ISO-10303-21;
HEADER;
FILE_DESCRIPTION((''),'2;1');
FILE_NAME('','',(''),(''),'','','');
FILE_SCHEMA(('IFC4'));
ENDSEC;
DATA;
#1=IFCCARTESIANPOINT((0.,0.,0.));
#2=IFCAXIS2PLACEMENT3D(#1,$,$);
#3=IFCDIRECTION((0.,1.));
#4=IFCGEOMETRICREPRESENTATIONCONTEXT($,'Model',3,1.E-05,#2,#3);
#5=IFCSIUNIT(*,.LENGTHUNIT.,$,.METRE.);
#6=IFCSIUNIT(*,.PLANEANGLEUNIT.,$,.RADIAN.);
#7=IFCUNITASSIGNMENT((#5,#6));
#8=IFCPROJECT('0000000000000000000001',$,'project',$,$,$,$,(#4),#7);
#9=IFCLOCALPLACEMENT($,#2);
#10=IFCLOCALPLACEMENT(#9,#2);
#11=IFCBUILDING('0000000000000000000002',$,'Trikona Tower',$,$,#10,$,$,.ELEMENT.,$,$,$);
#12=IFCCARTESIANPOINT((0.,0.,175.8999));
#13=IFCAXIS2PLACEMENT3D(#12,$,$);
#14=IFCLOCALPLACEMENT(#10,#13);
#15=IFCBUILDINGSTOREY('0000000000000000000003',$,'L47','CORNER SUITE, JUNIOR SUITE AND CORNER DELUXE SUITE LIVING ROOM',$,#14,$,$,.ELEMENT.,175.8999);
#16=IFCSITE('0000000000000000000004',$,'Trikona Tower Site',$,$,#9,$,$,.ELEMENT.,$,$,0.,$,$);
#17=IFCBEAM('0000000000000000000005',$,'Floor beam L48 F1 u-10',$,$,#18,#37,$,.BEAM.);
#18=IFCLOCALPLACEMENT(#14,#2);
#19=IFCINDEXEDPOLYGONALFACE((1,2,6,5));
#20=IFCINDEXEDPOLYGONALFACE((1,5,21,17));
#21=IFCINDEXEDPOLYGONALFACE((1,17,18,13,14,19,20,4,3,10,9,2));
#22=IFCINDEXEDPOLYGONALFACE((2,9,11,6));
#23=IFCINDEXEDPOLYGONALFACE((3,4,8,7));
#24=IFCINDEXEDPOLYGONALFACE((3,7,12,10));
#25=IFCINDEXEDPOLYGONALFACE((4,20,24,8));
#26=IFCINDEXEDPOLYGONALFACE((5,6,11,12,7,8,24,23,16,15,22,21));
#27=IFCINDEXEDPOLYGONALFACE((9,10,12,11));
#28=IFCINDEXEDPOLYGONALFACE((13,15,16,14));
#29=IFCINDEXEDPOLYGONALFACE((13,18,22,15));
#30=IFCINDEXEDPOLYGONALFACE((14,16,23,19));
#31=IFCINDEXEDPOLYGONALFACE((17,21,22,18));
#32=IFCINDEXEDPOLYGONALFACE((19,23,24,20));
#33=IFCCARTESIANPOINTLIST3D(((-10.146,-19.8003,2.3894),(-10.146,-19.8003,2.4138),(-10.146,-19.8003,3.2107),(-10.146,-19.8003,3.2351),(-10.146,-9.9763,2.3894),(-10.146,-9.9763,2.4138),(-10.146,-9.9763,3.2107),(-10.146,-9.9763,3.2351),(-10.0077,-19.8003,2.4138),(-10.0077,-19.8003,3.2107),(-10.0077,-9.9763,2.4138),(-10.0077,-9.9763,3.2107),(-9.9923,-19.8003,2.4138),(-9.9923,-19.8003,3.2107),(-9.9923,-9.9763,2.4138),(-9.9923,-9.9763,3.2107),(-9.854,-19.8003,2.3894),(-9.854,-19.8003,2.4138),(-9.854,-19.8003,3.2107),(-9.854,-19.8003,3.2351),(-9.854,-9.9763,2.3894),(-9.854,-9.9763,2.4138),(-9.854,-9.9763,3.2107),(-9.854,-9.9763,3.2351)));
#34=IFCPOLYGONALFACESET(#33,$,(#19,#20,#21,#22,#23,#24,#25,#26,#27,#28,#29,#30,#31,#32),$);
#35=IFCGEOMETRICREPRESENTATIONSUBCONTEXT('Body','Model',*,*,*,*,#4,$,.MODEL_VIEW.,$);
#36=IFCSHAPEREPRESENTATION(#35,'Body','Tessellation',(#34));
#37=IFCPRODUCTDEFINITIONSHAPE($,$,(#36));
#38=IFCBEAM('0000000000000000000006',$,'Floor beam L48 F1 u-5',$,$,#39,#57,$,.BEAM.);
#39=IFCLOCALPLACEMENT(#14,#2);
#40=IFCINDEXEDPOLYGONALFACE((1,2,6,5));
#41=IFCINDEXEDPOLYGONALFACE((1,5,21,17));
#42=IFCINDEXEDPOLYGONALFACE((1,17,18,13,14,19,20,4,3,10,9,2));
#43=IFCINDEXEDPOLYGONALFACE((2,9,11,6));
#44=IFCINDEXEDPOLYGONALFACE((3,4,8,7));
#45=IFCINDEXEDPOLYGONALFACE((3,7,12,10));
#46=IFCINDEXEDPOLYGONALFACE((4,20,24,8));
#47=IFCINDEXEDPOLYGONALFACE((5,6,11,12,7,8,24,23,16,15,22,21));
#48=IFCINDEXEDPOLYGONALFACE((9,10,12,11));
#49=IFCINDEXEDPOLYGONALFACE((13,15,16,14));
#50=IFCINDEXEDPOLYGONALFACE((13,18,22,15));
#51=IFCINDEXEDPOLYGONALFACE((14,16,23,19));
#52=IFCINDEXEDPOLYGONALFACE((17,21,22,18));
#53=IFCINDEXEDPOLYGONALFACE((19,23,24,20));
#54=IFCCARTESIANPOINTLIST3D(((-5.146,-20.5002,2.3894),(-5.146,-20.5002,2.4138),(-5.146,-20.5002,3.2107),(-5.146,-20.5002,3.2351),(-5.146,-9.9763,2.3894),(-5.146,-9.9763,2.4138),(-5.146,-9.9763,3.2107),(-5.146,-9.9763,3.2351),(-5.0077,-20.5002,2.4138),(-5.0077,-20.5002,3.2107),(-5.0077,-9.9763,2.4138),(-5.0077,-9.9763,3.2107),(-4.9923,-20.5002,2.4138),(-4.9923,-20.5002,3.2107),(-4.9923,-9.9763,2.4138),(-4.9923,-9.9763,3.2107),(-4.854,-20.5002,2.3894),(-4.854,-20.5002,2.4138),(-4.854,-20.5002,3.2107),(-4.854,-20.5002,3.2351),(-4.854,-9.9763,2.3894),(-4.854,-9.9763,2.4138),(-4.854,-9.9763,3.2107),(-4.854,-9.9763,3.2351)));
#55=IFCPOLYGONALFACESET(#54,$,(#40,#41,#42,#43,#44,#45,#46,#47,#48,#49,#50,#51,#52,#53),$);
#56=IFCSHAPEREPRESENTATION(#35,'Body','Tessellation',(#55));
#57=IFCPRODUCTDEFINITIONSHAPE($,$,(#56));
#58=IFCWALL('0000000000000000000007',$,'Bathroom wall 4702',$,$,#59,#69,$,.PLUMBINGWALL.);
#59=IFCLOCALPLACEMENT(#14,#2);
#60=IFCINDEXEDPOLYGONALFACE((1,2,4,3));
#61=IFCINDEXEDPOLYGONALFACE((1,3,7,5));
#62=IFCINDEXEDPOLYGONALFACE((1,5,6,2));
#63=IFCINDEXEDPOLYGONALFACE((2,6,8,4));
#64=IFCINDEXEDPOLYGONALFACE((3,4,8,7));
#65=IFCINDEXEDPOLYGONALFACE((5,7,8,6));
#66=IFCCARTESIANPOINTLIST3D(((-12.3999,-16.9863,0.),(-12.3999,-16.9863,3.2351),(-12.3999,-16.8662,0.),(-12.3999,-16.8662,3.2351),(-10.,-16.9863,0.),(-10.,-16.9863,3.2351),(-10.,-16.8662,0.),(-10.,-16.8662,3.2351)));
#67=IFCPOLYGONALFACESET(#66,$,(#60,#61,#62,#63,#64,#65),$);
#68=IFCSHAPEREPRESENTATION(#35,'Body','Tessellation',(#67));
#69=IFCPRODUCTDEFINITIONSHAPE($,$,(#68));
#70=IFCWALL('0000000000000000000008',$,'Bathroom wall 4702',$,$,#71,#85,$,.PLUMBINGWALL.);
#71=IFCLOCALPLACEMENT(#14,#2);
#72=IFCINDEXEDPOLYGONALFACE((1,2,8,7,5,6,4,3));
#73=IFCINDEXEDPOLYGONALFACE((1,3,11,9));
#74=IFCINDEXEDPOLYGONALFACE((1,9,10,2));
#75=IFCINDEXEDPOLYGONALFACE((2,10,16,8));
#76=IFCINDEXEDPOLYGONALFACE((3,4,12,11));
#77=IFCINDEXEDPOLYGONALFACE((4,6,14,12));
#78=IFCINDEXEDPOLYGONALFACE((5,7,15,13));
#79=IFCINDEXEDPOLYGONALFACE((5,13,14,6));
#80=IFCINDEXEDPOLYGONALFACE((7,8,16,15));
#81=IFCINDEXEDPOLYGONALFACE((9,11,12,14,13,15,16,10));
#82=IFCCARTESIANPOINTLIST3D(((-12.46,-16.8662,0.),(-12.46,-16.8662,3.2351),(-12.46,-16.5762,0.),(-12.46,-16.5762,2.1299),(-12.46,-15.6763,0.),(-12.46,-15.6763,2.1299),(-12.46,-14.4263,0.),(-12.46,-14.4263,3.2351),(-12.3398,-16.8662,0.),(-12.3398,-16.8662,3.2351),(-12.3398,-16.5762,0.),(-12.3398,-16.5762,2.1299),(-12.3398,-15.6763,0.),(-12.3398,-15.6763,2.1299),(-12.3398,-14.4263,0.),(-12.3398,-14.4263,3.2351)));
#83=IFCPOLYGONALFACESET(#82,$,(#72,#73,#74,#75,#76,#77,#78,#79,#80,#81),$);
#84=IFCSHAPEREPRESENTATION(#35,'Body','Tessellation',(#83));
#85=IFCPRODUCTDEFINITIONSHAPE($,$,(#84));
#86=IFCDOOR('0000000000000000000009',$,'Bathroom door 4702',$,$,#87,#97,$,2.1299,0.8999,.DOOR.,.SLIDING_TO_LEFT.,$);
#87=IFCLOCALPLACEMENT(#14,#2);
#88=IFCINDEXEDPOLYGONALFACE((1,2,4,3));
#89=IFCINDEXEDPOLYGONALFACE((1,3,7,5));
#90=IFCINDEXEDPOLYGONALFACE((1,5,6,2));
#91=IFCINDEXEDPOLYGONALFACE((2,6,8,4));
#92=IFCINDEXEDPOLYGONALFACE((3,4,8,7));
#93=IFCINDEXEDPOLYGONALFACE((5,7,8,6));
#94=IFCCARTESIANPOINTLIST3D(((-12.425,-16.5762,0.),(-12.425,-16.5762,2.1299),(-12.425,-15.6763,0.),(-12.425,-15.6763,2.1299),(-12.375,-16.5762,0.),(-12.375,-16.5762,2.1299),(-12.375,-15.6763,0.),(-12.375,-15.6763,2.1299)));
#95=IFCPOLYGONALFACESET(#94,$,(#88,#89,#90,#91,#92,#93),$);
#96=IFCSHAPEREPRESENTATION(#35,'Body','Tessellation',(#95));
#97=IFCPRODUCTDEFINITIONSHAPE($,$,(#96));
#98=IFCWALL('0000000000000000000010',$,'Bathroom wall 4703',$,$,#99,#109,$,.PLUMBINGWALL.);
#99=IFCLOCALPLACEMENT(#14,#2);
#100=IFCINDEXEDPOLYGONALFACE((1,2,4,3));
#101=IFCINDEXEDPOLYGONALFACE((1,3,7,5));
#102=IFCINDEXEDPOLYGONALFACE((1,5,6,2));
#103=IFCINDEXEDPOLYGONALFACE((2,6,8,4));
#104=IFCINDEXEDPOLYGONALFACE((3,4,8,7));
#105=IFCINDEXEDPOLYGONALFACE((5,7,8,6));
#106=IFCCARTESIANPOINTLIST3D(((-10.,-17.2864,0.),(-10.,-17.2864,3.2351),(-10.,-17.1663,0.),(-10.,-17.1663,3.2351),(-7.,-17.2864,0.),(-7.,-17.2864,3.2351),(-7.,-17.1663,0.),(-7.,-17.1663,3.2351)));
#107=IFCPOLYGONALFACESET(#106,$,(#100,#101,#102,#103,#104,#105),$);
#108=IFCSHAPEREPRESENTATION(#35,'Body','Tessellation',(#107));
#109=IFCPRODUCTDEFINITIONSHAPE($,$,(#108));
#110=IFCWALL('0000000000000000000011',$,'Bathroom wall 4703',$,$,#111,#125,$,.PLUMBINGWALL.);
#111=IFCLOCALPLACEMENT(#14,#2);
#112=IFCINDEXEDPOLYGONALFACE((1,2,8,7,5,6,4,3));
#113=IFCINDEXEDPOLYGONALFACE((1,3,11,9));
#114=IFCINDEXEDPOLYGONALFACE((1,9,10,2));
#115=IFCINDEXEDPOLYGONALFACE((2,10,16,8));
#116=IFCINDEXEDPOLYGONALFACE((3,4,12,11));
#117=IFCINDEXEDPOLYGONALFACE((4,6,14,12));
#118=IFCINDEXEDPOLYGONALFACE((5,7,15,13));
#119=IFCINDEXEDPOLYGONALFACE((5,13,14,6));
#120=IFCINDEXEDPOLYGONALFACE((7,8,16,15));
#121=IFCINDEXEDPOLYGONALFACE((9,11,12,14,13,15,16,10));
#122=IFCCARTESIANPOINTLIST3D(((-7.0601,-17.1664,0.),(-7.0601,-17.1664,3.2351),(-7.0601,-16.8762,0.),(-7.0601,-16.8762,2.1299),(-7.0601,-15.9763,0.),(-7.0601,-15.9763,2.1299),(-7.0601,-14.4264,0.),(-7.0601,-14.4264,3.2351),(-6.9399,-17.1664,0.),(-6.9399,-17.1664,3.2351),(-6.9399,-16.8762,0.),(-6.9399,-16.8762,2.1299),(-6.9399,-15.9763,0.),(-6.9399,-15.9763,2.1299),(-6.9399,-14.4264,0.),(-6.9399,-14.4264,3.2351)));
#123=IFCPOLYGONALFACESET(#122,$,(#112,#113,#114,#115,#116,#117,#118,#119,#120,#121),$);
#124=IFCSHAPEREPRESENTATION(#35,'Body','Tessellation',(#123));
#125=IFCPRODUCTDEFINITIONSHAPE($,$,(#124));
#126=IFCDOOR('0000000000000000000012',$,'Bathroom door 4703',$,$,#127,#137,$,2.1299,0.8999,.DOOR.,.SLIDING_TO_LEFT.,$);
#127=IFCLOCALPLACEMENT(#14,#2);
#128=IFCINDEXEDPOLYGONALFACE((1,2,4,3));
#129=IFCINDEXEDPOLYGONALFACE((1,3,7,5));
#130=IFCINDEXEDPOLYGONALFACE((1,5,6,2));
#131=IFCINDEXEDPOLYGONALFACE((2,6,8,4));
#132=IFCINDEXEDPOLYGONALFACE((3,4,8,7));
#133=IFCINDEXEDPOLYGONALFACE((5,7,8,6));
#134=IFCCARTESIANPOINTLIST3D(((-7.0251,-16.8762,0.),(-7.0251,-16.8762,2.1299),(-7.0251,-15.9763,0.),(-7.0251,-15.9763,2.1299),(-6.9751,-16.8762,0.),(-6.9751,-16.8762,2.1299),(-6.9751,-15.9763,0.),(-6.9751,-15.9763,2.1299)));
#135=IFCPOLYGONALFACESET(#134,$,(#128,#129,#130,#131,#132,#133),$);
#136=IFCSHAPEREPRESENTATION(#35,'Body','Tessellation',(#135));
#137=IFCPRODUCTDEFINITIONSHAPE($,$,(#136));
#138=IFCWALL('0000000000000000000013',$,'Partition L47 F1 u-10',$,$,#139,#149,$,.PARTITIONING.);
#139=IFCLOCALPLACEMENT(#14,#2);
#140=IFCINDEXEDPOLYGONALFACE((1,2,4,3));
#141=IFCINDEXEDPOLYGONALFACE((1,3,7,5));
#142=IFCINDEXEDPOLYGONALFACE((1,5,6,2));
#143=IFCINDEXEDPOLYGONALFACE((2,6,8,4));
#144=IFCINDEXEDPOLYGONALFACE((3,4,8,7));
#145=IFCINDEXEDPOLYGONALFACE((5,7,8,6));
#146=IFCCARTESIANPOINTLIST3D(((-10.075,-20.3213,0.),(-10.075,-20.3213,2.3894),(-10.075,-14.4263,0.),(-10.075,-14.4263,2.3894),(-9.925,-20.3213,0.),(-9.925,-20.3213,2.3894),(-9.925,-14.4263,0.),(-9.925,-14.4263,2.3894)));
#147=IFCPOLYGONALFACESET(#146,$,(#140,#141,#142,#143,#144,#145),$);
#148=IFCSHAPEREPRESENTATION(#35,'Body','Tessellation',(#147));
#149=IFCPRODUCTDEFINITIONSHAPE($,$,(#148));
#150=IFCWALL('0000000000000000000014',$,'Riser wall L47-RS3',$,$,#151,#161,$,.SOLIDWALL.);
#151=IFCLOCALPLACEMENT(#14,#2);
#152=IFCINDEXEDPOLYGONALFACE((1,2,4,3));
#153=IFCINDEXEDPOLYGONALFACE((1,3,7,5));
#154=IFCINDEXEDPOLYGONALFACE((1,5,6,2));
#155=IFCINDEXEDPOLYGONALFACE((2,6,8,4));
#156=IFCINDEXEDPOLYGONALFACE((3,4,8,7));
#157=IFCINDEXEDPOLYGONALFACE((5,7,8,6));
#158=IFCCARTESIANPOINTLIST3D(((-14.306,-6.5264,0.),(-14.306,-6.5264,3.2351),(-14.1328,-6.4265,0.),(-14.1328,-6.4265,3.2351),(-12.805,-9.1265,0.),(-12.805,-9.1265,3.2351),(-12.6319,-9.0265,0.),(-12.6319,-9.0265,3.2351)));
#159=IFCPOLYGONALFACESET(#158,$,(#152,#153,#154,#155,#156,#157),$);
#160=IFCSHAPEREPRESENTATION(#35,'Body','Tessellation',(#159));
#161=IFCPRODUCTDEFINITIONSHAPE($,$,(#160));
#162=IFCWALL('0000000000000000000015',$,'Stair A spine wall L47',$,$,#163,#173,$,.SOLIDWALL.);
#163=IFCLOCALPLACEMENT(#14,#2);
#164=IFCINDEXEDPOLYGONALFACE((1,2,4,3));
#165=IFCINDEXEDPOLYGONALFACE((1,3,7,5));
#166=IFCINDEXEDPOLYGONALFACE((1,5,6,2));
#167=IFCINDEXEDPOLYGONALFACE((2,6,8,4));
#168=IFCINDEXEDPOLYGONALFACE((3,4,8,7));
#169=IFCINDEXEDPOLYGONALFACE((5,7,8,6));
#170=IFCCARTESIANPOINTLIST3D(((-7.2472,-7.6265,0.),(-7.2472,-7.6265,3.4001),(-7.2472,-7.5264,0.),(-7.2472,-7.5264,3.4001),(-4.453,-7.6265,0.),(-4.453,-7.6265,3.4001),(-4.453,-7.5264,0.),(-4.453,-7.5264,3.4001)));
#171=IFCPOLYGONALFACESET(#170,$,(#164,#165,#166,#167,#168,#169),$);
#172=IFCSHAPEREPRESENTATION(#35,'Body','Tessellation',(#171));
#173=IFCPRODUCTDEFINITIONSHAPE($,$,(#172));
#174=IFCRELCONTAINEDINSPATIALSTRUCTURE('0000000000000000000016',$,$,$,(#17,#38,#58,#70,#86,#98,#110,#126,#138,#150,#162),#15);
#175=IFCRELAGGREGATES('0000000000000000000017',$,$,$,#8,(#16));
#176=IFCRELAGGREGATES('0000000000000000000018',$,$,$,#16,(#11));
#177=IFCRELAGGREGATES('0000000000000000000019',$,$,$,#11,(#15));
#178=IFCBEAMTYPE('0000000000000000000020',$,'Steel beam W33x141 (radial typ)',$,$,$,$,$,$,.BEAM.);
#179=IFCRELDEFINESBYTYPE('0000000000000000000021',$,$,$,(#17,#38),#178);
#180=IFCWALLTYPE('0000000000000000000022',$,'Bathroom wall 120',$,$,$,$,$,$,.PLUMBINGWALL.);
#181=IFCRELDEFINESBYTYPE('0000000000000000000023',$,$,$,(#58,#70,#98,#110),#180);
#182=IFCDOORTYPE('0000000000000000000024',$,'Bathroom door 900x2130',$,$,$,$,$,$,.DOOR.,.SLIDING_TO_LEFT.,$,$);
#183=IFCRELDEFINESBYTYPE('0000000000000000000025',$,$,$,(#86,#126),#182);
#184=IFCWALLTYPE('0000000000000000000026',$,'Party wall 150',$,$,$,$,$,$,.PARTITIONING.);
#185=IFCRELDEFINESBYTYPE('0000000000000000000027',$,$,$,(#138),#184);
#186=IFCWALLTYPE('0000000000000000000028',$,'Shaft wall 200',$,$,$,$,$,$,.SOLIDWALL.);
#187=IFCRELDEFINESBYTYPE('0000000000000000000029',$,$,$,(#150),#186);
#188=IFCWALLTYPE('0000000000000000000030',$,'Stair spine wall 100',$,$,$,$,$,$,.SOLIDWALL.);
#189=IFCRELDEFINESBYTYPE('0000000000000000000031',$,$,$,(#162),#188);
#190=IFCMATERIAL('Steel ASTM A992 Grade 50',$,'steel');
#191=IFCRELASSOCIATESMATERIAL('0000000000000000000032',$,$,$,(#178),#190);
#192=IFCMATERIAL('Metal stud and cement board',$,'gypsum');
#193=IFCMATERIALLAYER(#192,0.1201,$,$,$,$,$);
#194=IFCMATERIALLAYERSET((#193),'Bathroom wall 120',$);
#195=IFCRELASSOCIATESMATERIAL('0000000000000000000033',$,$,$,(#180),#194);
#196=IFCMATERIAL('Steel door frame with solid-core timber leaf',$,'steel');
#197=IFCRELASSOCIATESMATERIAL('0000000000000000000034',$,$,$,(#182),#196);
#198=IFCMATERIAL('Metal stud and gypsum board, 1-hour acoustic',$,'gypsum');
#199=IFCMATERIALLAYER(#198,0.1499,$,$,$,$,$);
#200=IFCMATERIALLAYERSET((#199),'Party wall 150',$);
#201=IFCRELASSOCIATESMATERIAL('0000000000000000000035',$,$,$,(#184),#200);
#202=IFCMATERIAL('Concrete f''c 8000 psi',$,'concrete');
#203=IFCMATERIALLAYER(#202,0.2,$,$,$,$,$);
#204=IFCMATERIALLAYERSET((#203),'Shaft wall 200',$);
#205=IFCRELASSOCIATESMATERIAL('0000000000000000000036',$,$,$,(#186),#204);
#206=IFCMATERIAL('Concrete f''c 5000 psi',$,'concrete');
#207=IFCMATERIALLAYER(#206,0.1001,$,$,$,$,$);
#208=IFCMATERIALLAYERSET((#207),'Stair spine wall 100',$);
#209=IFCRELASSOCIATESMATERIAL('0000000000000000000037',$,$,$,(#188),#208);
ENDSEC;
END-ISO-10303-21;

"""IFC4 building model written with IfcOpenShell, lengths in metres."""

from ifc_helpers import new_model, si_unit, direction, frame, frame_2d, origin, origin_2d, place, context, subcontext, project, spatial, rectangle, i_section, extrude, material, layer, layer_set, material_profile, profile_set, type_object, element, fill, save


model = new_model("IFC4")

# Units and contexts
model_context = context("Model", 3, precision=1e-05, world=origin(), true_north=direction((0.0, 1.0)))
body_context = subcontext(model_context, "Body", "Model", "MODEL_VIEW")
ifc_project = project(units=[si_unit("LENGTHUNIT", "METRE"), si_unit("PLANEANGLEUNIT", "RADIAN")], contexts=[model_context])

# Site, building, storey
site_placement = place(None, origin())
site = spatial("IfcSite", under=ifc_project, at=site_placement, Name="Trikona Tower Site", CompositionType="ELEMENT", RefElevation=0.0)
building_placement = place(site_placement, origin())
building = spatial("IfcBuilding", under=site, at=building_placement, Name="Trikona Tower", CompositionType="ELEMENT")
storey_placement = place(building_placement, frame((0.0, 0.0, 175.8999)))
storey = spatial("IfcBuildingStorey", under=building, at=storey_placement, Name="L47", Description="CORNER SUITE, JUNIOR SUITE AND CORNER DELUXE SUITE LIVING ROOM", CompositionType="ELEMENT", Elevation=175.8999)

# Beams
ifc_material_1 = material(Name="Steel ASTM A992 Grade 50", Category="steel")
ifc_material_profile = material_profile(ifc_material_1, i_section(OverallWidth=0.292, OverallDepth=0.8457, WebThickness=0.0154, FlangeThickness=0.0244, at=origin_2d()), Name="W33X141")
ifc_profile_set = profile_set([ifc_material_profile], Name="Steel ASTM A992 Grade 50")
beam_type = type_object("IfcBeamType", Name="Steel beam W33x141 (radial typ)", PredefinedType="BEAM", material=ifc_profile_set)
beam_1_placement = place(storey_placement, frame((-10.0, -9.9763, 2.8123), z_axis=(0.0, -1.0, 0.0), x_axis=(1.0, 0.0, 0.0)))
element("IfcBeam", 1, at=beam_1_placement, inside=storey, type_object=beam_type, Name="Floor beam L48 F1 u-10", PredefinedType="BEAM", context=body_context, shape_type="SweptSolid", body=[
    extrude(i_section(OverallWidth=0.292, OverallDepth=0.8457, WebThickness=0.0154, FlangeThickness=0.0244, at=origin_2d()), origin(), (0.0, 0.0, 1.0), 9.824),
])
beam_2_placement = place(storey_placement, frame((-5.0, -9.9763, 2.8123), z_axis=(0.0, -1.0, 0.0), x_axis=(1.0, 0.0, 0.0)))
element("IfcBeam", 2, at=beam_2_placement, inside=storey, type_object=beam_type, Name="Floor beam L48 F1 u-5", PredefinedType="BEAM", context=body_context, shape_type="SweptSolid", body=[
    extrude(i_section(OverallWidth=0.292, OverallDepth=0.8457, WebThickness=0.0154, FlangeThickness=0.0244, at=origin_2d()), origin(), (0.0, 0.0, 1.0), 10.5239),
])

# Wall
ifc_material_2 = material(Name="Metal stud and cement board", Category="gypsum")
ifc_layer_1 = layer(ifc_material_2, 0.1201)
ifc_layer_set_1 = layer_set([ifc_layer_1], Name="Bathroom wall 120")
wall_type_1 = type_object("IfcWallType", Name="Bathroom wall 120", PredefinedType="PLUMBINGWALL", material=ifc_layer_set_1)
wall_1_placement = place(storey_placement, frame((-12.3999, -16.9263, 0.0), z_axis=(0.0, 0.0, 1.0), x_axis=(1.0, 0.0, 0.0)))
element("IfcWall", 3, at=wall_1_placement, inside=storey, type_object=wall_type_1, Name="Bathroom wall 4702", PredefinedType="PLUMBINGWALL", context=body_context, shape_type="SweptSolid", body=[
    extrude(rectangle(XDim=2.3999, YDim=0.1201, at=frame_2d((1.2, 0.0))), origin(), (0.0, 0.0, 1.0), 3.2351),
])

# Wall, opening, door
wall_2_placement = place(storey_placement, frame((-12.3999, -14.4263, 0.0), z_axis=(0.0, 0.0, 1.0), x_axis=(0.0, -1.0, 0.0)))
wall_2 = element("IfcWall", 4, at=wall_2_placement, inside=storey, type_object=wall_type_1, Name="Bathroom wall 4702", PredefinedType="PLUMBINGWALL", context=body_context, shape_type="SweptSolid", body=[
    extrude(rectangle(XDim=2.4399, YDim=0.1201, at=frame_2d((1.22, 0.0))), origin(), (0.0, 0.0, 1.0), 3.2351),
])
opening_1_placement = place(wall_2_placement, frame((1.25, 0.0, 0.0)))
opening_1 = element("IfcOpeningElement", 5, at=opening_1_placement, cuts=wall_2, PredefinedType="OPENING", context=body_context, shape_type="SweptSolid", body=[
    extrude(rectangle(XDim=0.8999, YDim=2.1299, at=frame_2d((0.45, 1.0649))), frame((0.0, 0.0701, 0.0), z_axis=(0.0, -1.0, 0.0), x_axis=(1.0, 0.0, 0.0)), (0.0, 0.0, 1.0), 0.1401),
])
ifc_material_3 = material(Name="Steel door frame with solid-core timber leaf", Category="steel")
door_type_1 = type_object("IfcDoorType", Name="Bathroom door 900x2130", OperationType="SLIDING_TO_LEFT", PredefinedType="DOOR", material=ifc_material_3)
door_1_placement = place(opening_1_placement, origin())
door_1 = element("IfcDoor", 6, at=door_1_placement, inside=storey, type_object=door_type_1, Name="Bathroom door 4702", OperationType="SLIDING_TO_LEFT", OverallHeight=2.1299, OverallWidth=0.8999, PredefinedType="DOOR", context=body_context, shape_type="SweptSolid", body=[
    extrude(rectangle(XDim=0.8999, YDim=2.1299, at=frame_2d((0.45, 1.0649))), frame((0.0, 0.0249, 0.0), z_axis=(0.0, -1.0, 0.0), x_axis=(1.0, 0.0, 0.0)), (0.0, 0.0, 1.0), 0.05),
])
fill(opening_1, door_1)

# Wall
wall_3_placement = place(storey_placement, frame((-10.0, -17.2263, 0.0), z_axis=(0.0, 0.0, 1.0), x_axis=(1.0, 0.0, 0.0)))
element("IfcWall", 7, at=wall_3_placement, inside=storey, type_object=wall_type_1, Name="Bathroom wall 4703", PredefinedType="PLUMBINGWALL", context=body_context, shape_type="SweptSolid", body=[
    extrude(rectangle(XDim=3.0, YDim=0.1201, at=frame_2d((1.5, 0.0))), origin(), (0.0, 0.0, 1.0), 3.2351),
])

# Wall, opening, door
wall_4_placement = place(storey_placement, frame((-7.0, -14.4263, 0.0), z_axis=(0.0, 0.0, 1.0), x_axis=(0.0, -1.0, 0.0)))
wall_4 = element("IfcWall", 8, at=wall_4_placement, inside=storey, type_object=wall_type_1, Name="Bathroom wall 4703", PredefinedType="PLUMBINGWALL", context=body_context, shape_type="SweptSolid", body=[
    extrude(rectangle(XDim=2.74, YDim=0.1201, at=frame_2d((1.3701, 0.0))), origin(), (0.0, 0.0, 1.0), 3.2351),
])
opening_2_placement = place(wall_4_placement, frame((1.55, 0.0, 0.0)))
opening_2 = element("IfcOpeningElement", 9, at=opening_2_placement, cuts=wall_4, PredefinedType="OPENING", context=body_context, shape_type="SweptSolid", body=[
    extrude(rectangle(XDim=0.8999, YDim=2.1299, at=frame_2d((0.45, 1.0649))), frame((0.0, 0.0701, 0.0), z_axis=(0.0, -1.0, 0.0), x_axis=(1.0, 0.0, 0.0)), (0.0, 0.0, 1.0), 0.1401),
])
door_2_placement = place(opening_2_placement, origin())
door_2 = element("IfcDoor", 10, at=door_2_placement, inside=storey, type_object=door_type_1, Name="Bathroom door 4703", OperationType="SLIDING_TO_LEFT", OverallHeight=2.1299, OverallWidth=0.8999, PredefinedType="DOOR", context=body_context, shape_type="SweptSolid", body=[
    extrude(rectangle(XDim=0.8999, YDim=2.1299, at=frame_2d((0.45, 1.0649))), frame((0.0, 0.0249, 0.0), z_axis=(0.0, -1.0, 0.0), x_axis=(1.0, 0.0, 0.0)), (0.0, 0.0, 1.0), 0.05),
])
fill(opening_2, door_2)

# Walls
ifc_material_4 = material(Name="Metal stud and gypsum board, 1-hour acoustic", Category="gypsum")
ifc_layer_2 = layer(ifc_material_4, 0.1499)
ifc_layer_set_2 = layer_set([ifc_layer_2], Name="Party wall 150")
wall_type_2 = type_object("IfcWallType", Name="Party wall 150", PredefinedType="PARTITIONING", material=ifc_layer_set_2)
wall_5_placement = place(storey_placement, frame((-10.0, -14.4263, 0.0), z_axis=(0.0, 0.0, 1.0), x_axis=(0.0, -1.0, 0.0)))
element("IfcWall", 11, at=wall_5_placement, inside=storey, type_object=wall_type_2, Name="Partition L47 F1 u-10", PredefinedType="PARTITIONING", context=body_context, shape_type="SweptSolid", body=[
    extrude(rectangle(XDim=5.895, YDim=0.1499, at=frame_2d((2.9475, 0.0))), origin(), (0.0, 0.0, 1.0), 2.3894),
])
ifc_material_5 = material(Name="Concrete f'c 8000 psi", Category="concrete")
ifc_layer_3 = layer(ifc_material_5, 0.2)
ifc_layer_set_3 = layer_set([ifc_layer_3], Name="Shaft wall 200")
wall_type_3 = type_object("IfcWallType", Name="Shaft wall 200", PredefinedType="SOLIDWALL", material=ifc_layer_set_3)
wall_6_placement = place(storey_placement, frame((-12.7185, -9.0764, 0.0), z_axis=(0.0, 0.0, 1.0), x_axis=(-0.499952, 0.866053, 0.0)))
element("IfcWall", 12, at=wall_6_placement, inside=storey, type_object=wall_type_3, Name="Riser wall L47-RS3", PredefinedType="SOLIDWALL", context=body_context, shape_type="SweptSolid", body=[
    extrude(rectangle(XDim=3.0022, YDim=0.2, at=frame_2d((1.501, 0.0))), origin(), (0.0, 0.0, 1.0), 3.2351),
])
ifc_material_6 = material(Name="Concrete f'c 5000 psi", Category="concrete")
ifc_layer_4 = layer(ifc_material_6, 0.1001)
ifc_layer_set_4 = layer_set([ifc_layer_4], Name="Stair spine wall 100")
wall_type_4 = type_object("IfcWallType", Name="Stair spine wall 100", PredefinedType="SOLIDWALL", material=ifc_layer_set_4)
wall_7_placement = place(storey_placement, frame((-7.2471, -7.5764, 0.0), z_axis=(0.0, 0.0, 1.0), x_axis=(1.0, 0.0, 0.0)))
element("IfcWall", 13, at=wall_7_placement, inside=storey, type_object=wall_type_4, Name="Stair A spine wall L47", PredefinedType="SOLIDWALL", context=body_context, shape_type="SweptSolid", body=[
    extrude(rectangle(XDim=2.7942, YDim=0.1001, at=frame_2d((1.397, 0.0))), origin(), (0.0, 0.0, 1.0), 3.4001),
])

save(model, "model.ifc")
